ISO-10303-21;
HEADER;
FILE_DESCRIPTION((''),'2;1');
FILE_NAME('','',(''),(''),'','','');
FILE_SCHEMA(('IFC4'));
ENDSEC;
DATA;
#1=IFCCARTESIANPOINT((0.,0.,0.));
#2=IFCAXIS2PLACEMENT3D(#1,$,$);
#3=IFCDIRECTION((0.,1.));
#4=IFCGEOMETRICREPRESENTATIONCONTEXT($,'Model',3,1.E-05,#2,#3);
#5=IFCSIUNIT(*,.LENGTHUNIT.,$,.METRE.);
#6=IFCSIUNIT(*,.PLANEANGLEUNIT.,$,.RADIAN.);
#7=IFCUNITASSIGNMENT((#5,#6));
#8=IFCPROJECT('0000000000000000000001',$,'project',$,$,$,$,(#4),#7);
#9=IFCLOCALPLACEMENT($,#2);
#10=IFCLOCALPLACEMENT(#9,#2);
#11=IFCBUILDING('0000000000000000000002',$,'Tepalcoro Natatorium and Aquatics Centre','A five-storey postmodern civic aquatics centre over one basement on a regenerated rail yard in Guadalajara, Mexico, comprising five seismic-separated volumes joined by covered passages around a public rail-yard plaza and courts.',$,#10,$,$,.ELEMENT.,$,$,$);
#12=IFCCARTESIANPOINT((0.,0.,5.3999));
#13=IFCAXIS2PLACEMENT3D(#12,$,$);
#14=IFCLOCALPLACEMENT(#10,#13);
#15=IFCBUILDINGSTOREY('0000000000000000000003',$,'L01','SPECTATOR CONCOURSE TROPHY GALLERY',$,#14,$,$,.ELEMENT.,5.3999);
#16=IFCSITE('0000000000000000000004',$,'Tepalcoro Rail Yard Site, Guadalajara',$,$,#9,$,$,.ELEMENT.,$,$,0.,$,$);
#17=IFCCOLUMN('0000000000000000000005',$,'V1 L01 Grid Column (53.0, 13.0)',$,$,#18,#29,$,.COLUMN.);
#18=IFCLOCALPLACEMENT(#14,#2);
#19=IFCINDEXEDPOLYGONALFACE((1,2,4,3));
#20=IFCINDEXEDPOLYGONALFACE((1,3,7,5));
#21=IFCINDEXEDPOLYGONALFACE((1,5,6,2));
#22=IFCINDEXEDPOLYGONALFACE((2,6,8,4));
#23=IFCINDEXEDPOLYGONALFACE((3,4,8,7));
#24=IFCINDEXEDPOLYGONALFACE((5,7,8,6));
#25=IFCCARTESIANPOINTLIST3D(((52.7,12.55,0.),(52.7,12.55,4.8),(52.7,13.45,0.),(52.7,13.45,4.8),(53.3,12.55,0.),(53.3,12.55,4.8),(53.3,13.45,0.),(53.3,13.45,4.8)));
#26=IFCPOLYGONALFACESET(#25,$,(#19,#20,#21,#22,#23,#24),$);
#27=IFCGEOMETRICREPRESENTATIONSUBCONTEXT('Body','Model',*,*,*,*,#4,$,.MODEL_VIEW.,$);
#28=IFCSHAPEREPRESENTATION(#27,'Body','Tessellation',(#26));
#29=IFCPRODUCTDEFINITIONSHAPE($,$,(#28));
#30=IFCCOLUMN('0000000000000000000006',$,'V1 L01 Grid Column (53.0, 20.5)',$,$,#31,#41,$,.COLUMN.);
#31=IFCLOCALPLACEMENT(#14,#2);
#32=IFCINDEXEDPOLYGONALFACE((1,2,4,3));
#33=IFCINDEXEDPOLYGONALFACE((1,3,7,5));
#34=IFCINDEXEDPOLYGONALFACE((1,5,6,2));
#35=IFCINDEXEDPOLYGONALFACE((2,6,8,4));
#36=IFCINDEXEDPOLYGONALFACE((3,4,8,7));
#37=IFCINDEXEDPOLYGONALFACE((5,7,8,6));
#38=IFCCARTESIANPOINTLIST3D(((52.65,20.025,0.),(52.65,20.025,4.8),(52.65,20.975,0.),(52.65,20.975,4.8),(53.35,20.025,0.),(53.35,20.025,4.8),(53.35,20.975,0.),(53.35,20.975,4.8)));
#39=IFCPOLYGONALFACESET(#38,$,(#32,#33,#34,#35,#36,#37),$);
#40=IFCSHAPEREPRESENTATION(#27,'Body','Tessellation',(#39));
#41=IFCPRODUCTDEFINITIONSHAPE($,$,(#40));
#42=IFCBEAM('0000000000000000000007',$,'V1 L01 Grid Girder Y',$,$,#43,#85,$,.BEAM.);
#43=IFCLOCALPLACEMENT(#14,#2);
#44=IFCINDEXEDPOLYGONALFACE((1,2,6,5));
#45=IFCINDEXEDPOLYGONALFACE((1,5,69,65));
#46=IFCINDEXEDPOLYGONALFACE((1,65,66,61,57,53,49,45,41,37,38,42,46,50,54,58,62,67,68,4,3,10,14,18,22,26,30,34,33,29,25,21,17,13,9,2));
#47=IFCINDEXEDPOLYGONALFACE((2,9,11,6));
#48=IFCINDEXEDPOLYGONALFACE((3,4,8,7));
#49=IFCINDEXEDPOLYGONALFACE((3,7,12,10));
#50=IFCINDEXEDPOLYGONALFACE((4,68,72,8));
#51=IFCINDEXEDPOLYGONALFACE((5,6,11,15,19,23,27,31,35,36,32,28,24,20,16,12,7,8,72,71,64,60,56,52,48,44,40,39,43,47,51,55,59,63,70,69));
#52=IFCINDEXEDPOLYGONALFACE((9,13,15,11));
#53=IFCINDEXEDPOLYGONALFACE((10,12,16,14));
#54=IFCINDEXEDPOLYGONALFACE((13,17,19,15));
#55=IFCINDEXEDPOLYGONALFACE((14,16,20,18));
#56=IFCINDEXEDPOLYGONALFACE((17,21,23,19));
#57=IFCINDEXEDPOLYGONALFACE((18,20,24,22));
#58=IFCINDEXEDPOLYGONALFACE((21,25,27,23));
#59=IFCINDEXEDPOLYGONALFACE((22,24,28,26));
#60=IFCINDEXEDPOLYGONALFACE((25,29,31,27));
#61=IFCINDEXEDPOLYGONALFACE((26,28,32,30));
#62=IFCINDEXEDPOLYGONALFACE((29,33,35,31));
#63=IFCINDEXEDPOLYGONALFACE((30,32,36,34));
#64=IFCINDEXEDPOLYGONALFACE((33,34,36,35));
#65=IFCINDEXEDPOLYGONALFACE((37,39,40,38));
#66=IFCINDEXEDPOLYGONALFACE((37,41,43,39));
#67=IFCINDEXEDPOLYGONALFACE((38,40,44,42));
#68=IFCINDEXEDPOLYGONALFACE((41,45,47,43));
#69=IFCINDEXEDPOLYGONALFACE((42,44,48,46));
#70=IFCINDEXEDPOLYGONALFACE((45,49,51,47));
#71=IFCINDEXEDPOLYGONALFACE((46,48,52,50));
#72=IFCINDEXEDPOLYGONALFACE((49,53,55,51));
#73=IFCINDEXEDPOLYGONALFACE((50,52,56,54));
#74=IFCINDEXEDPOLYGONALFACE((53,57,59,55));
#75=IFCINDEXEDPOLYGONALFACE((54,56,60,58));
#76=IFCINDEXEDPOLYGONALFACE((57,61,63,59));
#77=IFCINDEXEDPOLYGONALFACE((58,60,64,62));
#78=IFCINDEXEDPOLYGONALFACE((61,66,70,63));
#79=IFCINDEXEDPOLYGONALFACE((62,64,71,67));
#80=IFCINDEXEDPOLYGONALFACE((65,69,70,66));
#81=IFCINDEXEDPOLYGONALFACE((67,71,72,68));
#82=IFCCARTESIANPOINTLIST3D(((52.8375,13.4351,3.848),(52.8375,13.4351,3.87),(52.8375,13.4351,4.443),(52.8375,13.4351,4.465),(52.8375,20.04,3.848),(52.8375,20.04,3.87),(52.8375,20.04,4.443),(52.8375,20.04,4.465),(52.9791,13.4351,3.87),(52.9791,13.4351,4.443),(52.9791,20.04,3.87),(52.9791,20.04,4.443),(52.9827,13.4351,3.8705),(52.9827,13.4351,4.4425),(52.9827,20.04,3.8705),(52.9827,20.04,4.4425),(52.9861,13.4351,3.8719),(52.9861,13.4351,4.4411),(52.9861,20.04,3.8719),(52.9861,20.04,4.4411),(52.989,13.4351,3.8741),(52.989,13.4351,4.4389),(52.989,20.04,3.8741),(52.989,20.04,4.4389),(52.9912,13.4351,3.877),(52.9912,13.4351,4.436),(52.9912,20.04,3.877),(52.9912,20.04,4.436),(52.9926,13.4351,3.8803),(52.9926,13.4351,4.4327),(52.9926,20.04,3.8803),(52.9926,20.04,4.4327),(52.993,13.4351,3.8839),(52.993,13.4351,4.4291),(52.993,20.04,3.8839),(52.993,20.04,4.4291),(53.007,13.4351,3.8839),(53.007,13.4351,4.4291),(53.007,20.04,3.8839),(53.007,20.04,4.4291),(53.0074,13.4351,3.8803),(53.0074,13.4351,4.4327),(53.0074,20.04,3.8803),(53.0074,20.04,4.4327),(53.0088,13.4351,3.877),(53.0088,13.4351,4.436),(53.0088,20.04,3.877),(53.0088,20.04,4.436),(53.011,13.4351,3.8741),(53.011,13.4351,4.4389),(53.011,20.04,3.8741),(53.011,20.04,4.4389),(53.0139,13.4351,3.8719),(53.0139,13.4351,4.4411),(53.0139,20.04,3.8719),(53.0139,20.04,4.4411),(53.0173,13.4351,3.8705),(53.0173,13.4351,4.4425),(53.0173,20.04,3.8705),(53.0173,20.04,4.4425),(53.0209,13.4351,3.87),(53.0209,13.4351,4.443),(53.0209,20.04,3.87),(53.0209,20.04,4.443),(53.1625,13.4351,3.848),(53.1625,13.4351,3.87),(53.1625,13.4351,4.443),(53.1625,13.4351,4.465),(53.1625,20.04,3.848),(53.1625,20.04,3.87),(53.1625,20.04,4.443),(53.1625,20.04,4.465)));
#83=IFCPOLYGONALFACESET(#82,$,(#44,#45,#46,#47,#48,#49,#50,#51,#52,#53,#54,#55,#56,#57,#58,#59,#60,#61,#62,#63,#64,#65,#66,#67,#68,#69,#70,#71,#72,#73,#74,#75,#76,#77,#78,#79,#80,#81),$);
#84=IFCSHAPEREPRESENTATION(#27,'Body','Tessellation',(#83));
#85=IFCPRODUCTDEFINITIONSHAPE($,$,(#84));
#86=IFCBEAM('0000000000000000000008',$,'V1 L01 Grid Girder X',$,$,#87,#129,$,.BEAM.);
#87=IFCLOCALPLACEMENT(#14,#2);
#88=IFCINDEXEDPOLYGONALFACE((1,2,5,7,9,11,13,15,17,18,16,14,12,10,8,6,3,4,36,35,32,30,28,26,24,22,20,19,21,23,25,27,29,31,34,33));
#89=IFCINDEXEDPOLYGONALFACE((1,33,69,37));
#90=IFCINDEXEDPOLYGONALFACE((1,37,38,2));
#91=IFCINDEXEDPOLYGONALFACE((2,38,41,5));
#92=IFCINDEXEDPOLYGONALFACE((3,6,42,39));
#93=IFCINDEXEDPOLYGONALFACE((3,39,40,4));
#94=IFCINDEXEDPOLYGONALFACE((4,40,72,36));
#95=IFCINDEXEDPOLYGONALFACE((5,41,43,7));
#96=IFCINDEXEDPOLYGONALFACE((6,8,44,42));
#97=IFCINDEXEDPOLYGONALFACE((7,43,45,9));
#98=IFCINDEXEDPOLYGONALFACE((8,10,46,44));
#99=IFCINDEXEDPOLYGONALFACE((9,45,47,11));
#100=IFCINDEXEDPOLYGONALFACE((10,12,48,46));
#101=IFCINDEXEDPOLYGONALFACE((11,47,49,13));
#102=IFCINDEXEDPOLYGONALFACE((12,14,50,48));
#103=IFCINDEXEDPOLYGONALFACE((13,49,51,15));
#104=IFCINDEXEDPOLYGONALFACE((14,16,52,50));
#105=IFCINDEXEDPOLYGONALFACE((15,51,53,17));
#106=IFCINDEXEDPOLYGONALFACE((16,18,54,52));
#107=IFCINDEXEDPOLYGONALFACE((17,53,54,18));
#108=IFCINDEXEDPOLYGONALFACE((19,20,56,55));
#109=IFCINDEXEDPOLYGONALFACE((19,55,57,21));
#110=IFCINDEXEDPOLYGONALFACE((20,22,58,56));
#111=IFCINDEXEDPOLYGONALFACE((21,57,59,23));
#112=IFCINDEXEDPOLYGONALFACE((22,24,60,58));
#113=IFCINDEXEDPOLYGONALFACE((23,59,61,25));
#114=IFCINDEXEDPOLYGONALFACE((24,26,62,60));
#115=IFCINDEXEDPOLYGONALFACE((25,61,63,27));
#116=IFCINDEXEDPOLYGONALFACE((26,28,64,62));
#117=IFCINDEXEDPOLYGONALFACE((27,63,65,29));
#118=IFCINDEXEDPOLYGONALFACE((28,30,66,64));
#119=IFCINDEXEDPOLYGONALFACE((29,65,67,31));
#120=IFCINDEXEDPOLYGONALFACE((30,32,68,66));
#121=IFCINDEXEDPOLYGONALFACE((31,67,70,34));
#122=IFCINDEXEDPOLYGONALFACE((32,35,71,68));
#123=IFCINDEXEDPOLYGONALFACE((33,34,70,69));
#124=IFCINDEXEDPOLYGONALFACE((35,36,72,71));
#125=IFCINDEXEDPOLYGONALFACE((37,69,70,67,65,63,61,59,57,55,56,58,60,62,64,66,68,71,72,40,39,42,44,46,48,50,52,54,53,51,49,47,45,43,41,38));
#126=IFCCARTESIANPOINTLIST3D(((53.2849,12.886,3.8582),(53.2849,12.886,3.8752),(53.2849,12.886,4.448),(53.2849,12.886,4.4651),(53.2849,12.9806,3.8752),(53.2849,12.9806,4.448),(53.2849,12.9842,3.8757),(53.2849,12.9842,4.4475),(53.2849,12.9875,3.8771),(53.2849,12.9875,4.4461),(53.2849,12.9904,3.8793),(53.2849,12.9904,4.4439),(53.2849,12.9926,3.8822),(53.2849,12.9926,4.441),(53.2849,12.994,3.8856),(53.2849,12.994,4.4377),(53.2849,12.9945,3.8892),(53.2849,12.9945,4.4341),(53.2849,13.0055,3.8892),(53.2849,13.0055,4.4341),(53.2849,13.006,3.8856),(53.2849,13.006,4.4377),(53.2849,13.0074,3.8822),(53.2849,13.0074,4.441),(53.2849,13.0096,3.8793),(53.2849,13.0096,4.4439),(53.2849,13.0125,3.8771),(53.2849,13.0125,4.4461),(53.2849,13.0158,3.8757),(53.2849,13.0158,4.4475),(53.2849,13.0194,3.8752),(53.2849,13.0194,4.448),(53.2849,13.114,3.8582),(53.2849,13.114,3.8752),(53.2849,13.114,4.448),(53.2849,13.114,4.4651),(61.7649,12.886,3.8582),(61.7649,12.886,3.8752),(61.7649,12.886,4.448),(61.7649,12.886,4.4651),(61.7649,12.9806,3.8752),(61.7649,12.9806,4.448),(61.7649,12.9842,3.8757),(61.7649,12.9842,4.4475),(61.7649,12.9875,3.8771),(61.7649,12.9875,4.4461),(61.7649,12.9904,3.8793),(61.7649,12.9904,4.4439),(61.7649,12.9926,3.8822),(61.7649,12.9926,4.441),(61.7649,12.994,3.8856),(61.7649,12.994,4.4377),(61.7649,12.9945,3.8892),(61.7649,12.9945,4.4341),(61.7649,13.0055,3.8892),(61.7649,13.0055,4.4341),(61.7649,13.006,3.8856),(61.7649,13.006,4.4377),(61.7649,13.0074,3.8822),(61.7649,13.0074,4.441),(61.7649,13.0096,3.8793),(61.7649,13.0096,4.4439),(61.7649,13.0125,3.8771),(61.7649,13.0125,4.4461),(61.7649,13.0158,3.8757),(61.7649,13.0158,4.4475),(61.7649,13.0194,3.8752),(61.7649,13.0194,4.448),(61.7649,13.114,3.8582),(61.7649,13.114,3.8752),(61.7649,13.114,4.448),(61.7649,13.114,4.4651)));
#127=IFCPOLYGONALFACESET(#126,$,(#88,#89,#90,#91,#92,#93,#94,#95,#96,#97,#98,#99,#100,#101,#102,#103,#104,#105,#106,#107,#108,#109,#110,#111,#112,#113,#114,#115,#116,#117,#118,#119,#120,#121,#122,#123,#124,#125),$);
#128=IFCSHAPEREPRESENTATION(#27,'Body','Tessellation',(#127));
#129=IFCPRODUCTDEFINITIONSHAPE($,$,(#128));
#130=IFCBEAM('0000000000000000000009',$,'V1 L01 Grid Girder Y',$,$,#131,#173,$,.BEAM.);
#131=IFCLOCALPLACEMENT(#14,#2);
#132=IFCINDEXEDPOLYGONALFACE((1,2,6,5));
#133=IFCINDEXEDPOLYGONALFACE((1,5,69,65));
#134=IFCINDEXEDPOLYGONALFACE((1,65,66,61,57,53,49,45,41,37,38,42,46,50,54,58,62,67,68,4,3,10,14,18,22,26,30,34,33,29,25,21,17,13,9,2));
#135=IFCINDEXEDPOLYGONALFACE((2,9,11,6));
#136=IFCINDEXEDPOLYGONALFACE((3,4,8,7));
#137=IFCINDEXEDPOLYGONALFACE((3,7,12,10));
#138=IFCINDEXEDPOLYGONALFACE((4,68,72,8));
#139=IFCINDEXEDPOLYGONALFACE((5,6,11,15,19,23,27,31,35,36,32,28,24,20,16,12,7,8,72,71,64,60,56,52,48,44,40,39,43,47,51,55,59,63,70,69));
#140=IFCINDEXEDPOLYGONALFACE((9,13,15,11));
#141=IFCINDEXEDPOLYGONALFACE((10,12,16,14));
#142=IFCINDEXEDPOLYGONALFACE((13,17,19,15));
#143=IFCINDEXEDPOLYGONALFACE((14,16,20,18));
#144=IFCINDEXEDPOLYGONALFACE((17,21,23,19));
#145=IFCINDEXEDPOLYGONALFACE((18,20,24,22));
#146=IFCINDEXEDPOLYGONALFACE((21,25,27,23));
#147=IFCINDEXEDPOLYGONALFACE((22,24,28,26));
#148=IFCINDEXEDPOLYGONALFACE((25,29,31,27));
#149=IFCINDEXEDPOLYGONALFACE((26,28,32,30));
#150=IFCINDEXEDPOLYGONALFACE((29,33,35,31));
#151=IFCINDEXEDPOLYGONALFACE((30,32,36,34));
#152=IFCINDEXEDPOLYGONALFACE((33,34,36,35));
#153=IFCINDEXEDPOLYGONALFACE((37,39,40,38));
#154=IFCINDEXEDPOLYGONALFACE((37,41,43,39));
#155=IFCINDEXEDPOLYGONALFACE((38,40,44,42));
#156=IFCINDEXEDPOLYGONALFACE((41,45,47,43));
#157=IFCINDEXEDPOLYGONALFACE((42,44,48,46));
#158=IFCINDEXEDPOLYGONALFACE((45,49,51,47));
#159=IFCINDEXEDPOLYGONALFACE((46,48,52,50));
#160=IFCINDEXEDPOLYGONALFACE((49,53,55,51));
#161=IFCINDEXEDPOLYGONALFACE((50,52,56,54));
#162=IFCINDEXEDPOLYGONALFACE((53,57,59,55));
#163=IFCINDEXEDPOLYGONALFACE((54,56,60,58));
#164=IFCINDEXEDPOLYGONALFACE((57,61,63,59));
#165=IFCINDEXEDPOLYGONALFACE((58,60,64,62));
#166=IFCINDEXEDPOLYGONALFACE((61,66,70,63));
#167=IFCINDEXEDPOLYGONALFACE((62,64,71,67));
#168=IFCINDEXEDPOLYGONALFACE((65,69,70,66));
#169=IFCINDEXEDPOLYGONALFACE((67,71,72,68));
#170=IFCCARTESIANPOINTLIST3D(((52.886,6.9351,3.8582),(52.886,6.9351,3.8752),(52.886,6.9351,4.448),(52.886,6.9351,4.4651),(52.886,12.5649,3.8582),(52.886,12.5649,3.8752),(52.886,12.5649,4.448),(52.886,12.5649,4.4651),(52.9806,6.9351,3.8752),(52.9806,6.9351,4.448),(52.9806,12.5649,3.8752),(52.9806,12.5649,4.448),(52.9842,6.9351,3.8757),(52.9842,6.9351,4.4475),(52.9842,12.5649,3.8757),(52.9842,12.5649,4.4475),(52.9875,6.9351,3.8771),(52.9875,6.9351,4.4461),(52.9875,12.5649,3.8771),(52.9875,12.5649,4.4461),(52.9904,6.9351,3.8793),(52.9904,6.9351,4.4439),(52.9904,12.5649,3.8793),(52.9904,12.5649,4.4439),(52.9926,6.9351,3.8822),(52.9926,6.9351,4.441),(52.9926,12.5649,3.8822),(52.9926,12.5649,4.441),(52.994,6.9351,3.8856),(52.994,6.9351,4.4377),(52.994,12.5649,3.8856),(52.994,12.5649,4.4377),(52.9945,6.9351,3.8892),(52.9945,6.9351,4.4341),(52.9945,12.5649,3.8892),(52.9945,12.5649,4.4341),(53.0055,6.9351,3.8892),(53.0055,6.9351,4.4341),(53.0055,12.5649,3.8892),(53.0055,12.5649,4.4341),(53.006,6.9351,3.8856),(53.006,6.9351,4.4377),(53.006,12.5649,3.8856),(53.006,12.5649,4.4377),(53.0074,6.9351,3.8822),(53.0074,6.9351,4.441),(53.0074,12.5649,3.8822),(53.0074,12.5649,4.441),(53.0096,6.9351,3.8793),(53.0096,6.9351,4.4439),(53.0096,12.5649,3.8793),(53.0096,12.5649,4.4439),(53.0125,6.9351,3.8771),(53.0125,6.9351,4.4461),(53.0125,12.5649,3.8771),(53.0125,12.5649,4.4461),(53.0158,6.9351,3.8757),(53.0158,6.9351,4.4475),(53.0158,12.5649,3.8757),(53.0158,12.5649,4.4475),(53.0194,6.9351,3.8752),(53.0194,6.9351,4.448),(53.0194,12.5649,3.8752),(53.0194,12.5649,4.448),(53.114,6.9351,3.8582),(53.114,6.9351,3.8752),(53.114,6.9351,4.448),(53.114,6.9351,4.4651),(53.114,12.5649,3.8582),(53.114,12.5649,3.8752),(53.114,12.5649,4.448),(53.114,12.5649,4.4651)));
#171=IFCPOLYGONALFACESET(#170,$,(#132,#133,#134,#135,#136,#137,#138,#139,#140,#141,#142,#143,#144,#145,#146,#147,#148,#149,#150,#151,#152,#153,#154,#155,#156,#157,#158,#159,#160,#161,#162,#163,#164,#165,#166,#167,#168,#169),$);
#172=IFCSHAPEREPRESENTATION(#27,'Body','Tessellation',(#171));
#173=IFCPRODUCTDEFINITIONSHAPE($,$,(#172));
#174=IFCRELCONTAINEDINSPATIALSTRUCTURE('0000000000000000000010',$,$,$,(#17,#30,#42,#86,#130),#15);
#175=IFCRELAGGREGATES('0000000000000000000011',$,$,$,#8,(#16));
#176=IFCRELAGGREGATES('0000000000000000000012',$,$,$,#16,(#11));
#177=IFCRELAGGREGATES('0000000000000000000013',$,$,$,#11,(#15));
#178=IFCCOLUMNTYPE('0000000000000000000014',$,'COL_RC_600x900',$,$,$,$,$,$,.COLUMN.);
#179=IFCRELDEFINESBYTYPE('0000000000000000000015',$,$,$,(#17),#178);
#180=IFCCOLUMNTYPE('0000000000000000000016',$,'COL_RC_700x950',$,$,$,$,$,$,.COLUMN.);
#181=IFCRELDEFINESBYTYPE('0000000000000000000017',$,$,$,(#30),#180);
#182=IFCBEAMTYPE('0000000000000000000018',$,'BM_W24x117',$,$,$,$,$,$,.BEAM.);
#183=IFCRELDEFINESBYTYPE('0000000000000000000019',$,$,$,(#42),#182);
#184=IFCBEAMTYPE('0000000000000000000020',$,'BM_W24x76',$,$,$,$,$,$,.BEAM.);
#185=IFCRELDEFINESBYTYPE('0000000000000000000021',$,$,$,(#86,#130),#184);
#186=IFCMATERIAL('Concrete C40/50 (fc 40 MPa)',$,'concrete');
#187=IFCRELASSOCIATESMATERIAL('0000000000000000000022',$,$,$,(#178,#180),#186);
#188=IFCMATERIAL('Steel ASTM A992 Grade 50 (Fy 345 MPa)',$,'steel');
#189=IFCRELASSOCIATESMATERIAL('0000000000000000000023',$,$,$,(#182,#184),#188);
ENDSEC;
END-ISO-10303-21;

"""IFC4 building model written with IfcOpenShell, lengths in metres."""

from ifc_helpers import new_model, si_unit, direction, frame, origin, origin_2d, place, context, subcontext, project, spatial, rectangle, i_section, extrude, material, material_profile, profile_set, type_object, element, save


model = new_model("IFC4")

# Units and contexts
model_context = context("Model", 3, precision=1e-05, world=origin(), true_north=direction((0.0, 1.0)))
body_context = subcontext(model_context, "Body", "Model", "MODEL_VIEW")
ifc_project = project(units=[si_unit("LENGTHUNIT", "METRE"), si_unit("PLANEANGLEUNIT", "RADIAN")], contexts=[model_context])

# Site, building, storey
site_placement = place(None, origin())
site = spatial("IfcSite", under=ifc_project, at=site_placement, Name="Tepalcoro Rail Yard Site, Guadalajara", CompositionType="ELEMENT", RefElevation=0.0)
building_placement = place(site_placement, origin())
building = spatial("IfcBuilding", under=site, at=building_placement, Name="Tepalcoro Natatorium and Aquatics Centre", Description="A five-storey postmodern civic aquatics centre over one basement on a regenerated rail yard in Guadalajara, Mexico, comprising five seismic-separated volumes joined by covered passages around a public rail-yard plaza and courts.", CompositionType="ELEMENT")
storey_placement = place(building_placement, frame((0.0, 0.0, 5.3999)))
storey = spatial("IfcBuildingStorey", under=building, at=storey_placement, Name="L01", Description="SPECTATOR CONCOURSE TROPHY GALLERY", CompositionType="ELEMENT", Elevation=5.3999)

# Columns
ifc_material_1 = material(Name="Concrete C40/50 (fc 40 MPa)", Category="concrete")
ifc_material_profile_1 = material_profile(ifc_material_1, rectangle(XDim=0.6001, YDim=0.8999, at=origin_2d()), Name="RC600x900")
ifc_profile_set_1 = profile_set([ifc_material_profile_1], Name="Concrete C40/50 (fc 40 MPa)")
column_type_1 = type_object("IfcColumnType", Name="COL_RC_600x900", PredefinedType="COLUMN", material=ifc_profile_set_1)
column_1_placement = place(storey_placement, frame((53.0, 13.0, 0.0), z_axis=(0.0, 0.0, 1.0), x_axis=(1.0, 0.0, 0.0)))
element("IfcColumn", 1, at=column_1_placement, inside=storey, type_object=column_type_1, Name="V1 L01 Grid Column (53.0, 13.0)", PredefinedType="COLUMN", context=body_context, shape_type="SweptSolid", body=[
    extrude(rectangle(XDim=0.6001, YDim=0.8999, at=origin_2d()), origin(), (0.0, 0.0, 1.0), 4.8),
])
ifc_material_profile_2 = material_profile(ifc_material_1, rectangle(XDim=0.7, YDim=0.95, at=origin_2d()), Name="RC700x950")
ifc_profile_set_2 = profile_set([ifc_material_profile_2], Name="Concrete C40/50 (fc 40 MPa)")
column_type_2 = type_object("IfcColumnType", Name="COL_RC_700x950", PredefinedType="COLUMN", material=ifc_profile_set_2)
column_2_placement = place(storey_placement, frame((53.0, 20.5, 0.0), z_axis=(0.0, 0.0, 1.0), x_axis=(1.0, 0.0, 0.0)))
element("IfcColumn", 2, at=column_2_placement, inside=storey, type_object=column_type_2, Name="V1 L01 Grid Column (53.0, 20.5)", PredefinedType="COLUMN", context=body_context, shape_type="SweptSolid", body=[
    extrude(rectangle(XDim=0.7, YDim=0.95, at=origin_2d()), origin(), (0.0, 0.0, 1.0), 4.8),
])

# Beams
ifc_material_2 = material(Name="Steel ASTM A992 Grade 50 (Fy 345 MPa)", Category="steel")
ifc_material_profile_3 = material_profile(ifc_material_2, i_section(OverallWidth=0.325, OverallDepth=0.6169, WebThickness=0.0139, FlangeThickness=0.022, FilletRadius=0.0139, at=origin_2d()), Name="W24X117")
ifc_profile_set_3 = profile_set([ifc_material_profile_3], Name="Steel ASTM A992 Grade 50 (Fy 345 MPa)")
beam_type_1 = type_object("IfcBeamType", Name="BM_W24x117", PredefinedType="BEAM", material=ifc_profile_set_3)
beam_1_placement = place(storey_placement, frame((53.0, 13.4351, 4.1565), z_axis=(0.0, 1.0, 0.0), x_axis=(-1.0, 0.0, 0.0)))
element("IfcBeam", 3, at=beam_1_placement, inside=storey, type_object=beam_type_1, Name="V1 L01 Grid Girder Y", PredefinedType="BEAM", context=body_context, shape_type="SweptSolid", body=[
    extrude(i_section(OverallWidth=0.325, OverallDepth=0.6169, WebThickness=0.0139, FlangeThickness=0.022, FilletRadius=0.0139, at=origin_2d()), origin(), (0.0, 0.0, 1.0), 6.605),
])
ifc_material_profile_4 = material_profile(ifc_material_2, i_section(OverallWidth=0.228, OverallDepth=0.6069, WebThickness=0.011, FlangeThickness=0.0171, FilletRadius=0.0139, at=origin_2d()), Name="W24X76")
ifc_profile_set_4 = profile_set([ifc_material_profile_4], Name="Steel ASTM A992 Grade 50 (Fy 345 MPa)")
beam_type_2 = type_object("IfcBeamType", Name="BM_W24x76", PredefinedType="BEAM", material=ifc_profile_set_4)
beam_2_placement = place(storey_placement, frame((53.2849, 13.0, 4.1616), z_axis=(1.0, 0.0, 0.0), x_axis=(0.0, 1.0, 0.0)))
element("IfcBeam", 4, at=beam_2_placement, inside=storey, type_object=beam_type_2, Name="V1 L01 Grid Girder X", PredefinedType="BEAM", context=body_context, shape_type="SweptSolid", body=[
    extrude(i_section(OverallWidth=0.228, OverallDepth=0.6069, WebThickness=0.011, FlangeThickness=0.0171, FilletRadius=0.0139, at=origin_2d()), origin(), (0.0, 0.0, 1.0), 8.48),
])
beam_3_placement = place(storey_placement, frame((53.0, 6.9351, 4.1616), z_axis=(0.0, 1.0, 0.0), x_axis=(-1.0, 0.0, 0.0)))
element("IfcBeam", 5, at=beam_3_placement, inside=storey, type_object=beam_type_2, Name="V1 L01 Grid Girder Y", PredefinedType="BEAM", context=body_context, shape_type="SweptSolid", body=[
    extrude(i_section(OverallWidth=0.228, OverallDepth=0.6069, WebThickness=0.011, FlangeThickness=0.0171, FilletRadius=0.0139, at=origin_2d()), origin(), (0.0, 0.0, 1.0), 5.6299),
])

save(model, "model.ifc")
